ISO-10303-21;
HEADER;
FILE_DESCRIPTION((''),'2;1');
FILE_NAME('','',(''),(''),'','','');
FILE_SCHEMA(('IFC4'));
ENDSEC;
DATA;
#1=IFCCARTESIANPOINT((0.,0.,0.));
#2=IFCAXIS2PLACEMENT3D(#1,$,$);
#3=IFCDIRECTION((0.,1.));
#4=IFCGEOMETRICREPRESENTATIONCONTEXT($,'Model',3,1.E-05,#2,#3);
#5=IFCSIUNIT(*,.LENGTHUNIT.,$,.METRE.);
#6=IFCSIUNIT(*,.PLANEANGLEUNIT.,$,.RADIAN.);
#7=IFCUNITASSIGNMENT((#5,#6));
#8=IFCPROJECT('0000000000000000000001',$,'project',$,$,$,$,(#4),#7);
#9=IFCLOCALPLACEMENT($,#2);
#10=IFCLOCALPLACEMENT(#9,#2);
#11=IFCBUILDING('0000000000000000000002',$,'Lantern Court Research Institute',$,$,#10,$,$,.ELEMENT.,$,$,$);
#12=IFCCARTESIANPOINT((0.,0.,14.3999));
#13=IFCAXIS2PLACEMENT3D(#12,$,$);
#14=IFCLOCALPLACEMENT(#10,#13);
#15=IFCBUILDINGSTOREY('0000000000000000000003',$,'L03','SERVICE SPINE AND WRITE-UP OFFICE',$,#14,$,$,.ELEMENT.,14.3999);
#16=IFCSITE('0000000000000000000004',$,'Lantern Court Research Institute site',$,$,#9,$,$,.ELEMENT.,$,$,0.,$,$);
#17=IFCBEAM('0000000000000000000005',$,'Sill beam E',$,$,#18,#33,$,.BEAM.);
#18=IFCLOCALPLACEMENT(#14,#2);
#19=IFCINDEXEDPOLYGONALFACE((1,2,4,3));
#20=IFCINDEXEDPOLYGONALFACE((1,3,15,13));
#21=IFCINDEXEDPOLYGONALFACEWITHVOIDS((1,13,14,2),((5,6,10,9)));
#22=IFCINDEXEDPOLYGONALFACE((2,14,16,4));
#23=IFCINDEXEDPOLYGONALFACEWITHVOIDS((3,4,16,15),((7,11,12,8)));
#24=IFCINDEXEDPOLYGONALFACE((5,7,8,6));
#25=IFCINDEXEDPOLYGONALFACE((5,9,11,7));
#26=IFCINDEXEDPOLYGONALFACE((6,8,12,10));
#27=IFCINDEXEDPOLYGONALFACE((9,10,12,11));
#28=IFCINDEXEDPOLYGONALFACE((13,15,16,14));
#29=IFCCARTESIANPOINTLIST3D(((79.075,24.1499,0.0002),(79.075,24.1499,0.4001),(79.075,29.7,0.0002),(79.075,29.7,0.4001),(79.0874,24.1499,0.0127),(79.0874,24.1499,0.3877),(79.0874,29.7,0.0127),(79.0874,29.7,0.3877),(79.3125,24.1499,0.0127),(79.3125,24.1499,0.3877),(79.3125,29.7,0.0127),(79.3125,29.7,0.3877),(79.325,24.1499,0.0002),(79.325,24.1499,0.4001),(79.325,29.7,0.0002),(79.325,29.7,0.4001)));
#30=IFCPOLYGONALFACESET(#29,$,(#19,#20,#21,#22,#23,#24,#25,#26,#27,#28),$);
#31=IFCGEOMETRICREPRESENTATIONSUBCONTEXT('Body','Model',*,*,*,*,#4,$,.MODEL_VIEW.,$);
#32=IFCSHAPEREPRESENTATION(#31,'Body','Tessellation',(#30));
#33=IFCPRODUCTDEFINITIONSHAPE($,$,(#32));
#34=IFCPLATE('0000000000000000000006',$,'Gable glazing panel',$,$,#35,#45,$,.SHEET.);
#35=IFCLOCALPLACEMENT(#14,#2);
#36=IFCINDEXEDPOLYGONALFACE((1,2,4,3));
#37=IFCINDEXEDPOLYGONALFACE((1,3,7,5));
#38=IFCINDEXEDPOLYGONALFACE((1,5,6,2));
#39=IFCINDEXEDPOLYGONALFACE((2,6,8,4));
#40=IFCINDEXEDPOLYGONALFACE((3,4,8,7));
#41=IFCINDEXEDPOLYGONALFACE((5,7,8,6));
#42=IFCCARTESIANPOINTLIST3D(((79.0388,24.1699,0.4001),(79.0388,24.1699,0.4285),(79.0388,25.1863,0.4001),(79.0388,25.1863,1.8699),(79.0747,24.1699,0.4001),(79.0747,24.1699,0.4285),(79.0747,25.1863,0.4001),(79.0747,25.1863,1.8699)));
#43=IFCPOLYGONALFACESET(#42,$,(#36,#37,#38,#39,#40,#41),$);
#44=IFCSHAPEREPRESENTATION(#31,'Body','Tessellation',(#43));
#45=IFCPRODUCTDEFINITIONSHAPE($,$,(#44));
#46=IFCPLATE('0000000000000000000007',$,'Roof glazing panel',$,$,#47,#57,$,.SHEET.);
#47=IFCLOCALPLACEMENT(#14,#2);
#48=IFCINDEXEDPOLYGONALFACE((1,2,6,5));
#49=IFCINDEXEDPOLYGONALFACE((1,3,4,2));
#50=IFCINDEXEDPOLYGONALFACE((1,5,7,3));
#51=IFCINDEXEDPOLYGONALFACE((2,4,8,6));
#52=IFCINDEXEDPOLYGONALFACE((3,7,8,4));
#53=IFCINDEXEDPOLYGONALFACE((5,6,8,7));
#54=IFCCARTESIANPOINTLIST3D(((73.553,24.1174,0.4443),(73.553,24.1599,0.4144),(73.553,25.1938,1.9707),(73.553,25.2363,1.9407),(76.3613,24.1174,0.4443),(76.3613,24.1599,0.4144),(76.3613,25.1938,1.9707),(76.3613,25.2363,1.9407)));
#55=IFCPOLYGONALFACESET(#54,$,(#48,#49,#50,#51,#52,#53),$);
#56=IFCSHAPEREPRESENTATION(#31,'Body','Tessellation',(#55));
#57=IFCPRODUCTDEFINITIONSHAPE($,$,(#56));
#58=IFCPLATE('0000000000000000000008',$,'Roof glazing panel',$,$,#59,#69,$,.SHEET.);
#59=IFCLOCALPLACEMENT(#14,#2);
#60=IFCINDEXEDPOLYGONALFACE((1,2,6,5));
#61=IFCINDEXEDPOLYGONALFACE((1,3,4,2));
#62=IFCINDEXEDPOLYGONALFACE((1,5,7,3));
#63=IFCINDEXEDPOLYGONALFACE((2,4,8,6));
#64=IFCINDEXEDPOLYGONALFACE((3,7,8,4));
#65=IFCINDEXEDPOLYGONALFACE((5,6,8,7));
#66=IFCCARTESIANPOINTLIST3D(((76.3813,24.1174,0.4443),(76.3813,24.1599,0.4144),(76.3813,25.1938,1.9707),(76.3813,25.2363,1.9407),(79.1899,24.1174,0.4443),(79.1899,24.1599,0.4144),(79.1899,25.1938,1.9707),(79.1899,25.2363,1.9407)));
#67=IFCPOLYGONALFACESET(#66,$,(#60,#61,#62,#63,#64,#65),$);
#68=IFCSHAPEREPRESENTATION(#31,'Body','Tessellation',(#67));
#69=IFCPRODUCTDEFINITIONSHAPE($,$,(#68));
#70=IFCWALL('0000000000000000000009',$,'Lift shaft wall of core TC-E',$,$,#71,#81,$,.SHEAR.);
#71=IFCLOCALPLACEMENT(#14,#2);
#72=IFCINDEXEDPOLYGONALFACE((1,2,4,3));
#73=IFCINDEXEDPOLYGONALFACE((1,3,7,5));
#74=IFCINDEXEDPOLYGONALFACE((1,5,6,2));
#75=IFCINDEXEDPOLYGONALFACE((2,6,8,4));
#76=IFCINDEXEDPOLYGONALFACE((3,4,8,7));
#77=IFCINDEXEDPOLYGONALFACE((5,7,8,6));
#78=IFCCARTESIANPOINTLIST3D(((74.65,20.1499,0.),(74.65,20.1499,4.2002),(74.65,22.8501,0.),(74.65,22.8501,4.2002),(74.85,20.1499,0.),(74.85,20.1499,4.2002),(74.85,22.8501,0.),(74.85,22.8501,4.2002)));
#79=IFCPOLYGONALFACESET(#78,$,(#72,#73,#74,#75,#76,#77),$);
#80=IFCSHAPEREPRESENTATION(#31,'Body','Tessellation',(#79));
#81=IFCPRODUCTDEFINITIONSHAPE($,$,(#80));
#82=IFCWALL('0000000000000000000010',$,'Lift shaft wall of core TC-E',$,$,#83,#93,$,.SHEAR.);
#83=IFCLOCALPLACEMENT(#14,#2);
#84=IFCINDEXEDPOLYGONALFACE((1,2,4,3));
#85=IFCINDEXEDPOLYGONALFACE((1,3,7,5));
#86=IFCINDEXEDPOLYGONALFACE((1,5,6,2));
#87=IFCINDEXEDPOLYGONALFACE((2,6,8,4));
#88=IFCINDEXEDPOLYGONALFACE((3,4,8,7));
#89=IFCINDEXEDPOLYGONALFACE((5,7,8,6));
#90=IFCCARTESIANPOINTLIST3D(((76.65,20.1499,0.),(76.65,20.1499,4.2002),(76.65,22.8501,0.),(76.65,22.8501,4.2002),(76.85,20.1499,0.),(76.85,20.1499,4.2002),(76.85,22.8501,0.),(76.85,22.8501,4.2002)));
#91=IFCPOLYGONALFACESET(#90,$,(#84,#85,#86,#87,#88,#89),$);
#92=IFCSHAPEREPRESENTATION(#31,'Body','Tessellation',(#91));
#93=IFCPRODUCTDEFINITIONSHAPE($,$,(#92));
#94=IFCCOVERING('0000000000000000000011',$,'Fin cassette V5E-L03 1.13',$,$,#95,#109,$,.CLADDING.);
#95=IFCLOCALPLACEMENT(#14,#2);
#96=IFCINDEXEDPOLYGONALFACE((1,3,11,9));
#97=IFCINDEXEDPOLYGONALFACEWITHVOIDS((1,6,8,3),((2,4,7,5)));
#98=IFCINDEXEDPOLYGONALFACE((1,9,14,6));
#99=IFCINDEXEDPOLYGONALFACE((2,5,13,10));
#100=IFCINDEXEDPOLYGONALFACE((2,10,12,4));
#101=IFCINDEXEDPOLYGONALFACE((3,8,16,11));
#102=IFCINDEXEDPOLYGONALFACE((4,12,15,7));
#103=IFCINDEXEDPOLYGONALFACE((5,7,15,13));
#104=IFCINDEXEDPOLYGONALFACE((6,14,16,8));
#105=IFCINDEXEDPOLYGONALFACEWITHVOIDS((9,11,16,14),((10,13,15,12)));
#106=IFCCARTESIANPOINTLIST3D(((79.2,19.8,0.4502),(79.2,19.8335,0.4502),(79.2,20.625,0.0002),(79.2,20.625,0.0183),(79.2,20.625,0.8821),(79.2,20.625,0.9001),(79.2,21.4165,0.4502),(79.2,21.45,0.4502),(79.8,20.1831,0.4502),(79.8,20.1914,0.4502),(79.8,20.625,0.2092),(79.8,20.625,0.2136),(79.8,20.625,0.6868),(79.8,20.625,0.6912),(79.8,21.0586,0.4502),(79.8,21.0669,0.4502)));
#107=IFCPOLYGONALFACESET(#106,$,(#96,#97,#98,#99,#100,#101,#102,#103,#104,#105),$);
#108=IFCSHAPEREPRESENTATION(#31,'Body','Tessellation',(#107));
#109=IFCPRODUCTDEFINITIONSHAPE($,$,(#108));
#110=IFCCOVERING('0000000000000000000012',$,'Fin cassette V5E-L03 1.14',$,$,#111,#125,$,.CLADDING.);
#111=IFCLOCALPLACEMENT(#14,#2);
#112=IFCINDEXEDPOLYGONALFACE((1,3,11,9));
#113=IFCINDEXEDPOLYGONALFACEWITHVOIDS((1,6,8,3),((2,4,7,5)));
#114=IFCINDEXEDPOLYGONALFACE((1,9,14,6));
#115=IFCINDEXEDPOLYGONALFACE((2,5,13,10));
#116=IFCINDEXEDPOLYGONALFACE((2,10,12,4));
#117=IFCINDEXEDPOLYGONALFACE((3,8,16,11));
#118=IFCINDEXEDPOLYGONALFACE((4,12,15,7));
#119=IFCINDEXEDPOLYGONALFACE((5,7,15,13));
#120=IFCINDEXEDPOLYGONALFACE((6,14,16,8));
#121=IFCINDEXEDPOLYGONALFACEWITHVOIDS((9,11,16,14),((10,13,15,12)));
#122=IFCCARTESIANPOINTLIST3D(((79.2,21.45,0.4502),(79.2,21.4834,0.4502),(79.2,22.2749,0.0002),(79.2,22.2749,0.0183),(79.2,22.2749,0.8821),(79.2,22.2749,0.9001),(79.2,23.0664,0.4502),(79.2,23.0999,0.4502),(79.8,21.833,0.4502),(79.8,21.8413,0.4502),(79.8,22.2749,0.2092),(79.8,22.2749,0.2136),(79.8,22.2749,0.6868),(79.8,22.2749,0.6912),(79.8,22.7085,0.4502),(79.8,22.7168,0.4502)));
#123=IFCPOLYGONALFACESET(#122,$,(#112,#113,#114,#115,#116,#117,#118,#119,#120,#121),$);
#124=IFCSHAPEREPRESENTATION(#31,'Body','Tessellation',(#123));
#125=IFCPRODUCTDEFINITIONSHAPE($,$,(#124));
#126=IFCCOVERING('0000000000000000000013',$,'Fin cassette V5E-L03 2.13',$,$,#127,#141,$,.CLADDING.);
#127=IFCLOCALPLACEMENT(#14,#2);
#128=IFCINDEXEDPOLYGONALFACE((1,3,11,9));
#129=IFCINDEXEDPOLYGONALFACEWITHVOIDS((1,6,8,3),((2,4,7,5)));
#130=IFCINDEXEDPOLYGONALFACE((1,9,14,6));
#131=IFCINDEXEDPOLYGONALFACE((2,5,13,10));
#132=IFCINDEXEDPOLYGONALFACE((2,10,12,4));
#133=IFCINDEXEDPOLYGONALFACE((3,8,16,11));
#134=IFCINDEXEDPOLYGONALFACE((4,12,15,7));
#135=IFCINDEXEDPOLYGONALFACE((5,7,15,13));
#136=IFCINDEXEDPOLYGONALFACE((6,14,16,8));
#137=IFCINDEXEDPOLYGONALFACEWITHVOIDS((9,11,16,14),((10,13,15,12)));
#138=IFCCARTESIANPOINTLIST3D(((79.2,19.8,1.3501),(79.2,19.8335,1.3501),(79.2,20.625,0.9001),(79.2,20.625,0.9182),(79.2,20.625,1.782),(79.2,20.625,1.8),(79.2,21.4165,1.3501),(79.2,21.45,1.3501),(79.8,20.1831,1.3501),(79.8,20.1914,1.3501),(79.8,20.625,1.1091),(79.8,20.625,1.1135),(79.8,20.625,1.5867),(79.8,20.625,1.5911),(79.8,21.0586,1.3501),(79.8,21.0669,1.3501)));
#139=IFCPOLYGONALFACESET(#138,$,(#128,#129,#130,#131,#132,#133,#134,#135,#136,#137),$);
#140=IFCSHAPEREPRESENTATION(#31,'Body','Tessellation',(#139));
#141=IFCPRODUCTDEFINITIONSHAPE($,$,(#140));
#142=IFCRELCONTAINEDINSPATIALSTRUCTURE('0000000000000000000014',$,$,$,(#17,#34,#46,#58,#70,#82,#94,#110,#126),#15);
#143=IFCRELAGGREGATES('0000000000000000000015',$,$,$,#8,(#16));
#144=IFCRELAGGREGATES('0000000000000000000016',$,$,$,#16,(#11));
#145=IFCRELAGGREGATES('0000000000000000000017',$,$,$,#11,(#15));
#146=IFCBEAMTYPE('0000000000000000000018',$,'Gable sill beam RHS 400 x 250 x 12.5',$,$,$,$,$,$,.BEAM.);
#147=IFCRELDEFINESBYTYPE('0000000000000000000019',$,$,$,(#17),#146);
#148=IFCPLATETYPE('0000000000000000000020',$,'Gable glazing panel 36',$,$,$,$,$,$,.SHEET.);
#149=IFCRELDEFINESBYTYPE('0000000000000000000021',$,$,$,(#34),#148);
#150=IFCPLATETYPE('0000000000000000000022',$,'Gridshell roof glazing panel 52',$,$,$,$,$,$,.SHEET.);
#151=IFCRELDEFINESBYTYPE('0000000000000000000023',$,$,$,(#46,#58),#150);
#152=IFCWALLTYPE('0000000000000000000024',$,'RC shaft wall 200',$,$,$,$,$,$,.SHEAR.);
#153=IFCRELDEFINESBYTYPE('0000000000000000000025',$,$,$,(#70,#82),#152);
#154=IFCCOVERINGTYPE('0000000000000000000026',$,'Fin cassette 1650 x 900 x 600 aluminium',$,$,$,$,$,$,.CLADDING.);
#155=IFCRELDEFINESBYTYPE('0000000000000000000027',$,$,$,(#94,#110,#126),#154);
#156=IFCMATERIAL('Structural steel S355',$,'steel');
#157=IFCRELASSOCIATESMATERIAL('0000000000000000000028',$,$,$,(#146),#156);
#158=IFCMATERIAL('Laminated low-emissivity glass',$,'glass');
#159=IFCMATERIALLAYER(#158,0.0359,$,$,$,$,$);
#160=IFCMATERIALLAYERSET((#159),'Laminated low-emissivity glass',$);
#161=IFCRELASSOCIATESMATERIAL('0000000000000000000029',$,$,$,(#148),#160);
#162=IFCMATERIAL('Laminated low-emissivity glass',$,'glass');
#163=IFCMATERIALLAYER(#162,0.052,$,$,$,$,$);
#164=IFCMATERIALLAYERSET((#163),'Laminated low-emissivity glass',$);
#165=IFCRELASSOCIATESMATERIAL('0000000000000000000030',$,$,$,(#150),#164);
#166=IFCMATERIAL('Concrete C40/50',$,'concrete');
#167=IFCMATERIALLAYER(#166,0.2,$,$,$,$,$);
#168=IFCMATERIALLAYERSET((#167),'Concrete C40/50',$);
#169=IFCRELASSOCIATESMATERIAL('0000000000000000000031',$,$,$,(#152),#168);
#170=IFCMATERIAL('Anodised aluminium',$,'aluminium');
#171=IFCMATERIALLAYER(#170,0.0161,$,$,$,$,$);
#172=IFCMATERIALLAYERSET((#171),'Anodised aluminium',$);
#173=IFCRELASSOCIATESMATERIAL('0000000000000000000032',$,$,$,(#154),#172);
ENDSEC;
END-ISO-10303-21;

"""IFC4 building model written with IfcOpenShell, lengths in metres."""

from ifc_helpers import new_model, entity, si_unit, direction, frame, frame_2d, origin, origin_2d, place, context, subcontext, project, spatial, polyline, rectangle, hollow_rectangle, outline, extrude, material, layer, layer_set, material_profile, profile_set, type_object, element, save


model = new_model("IFC4")

# Units and contexts
model_context = context("Model", 3, precision=1e-05, world=origin(), true_north=direction((0.0, 1.0)))
body_context = subcontext(model_context, "Body", "Model", "MODEL_VIEW")
ifc_project = project(units=[si_unit("LENGTHUNIT", "METRE"), si_unit("PLANEANGLEUNIT", "RADIAN")], contexts=[model_context])

# Site, building, storey
site_placement = place(None, origin())
site = spatial("IfcSite", under=ifc_project, at=site_placement, Name="Lantern Court Research Institute site", CompositionType="ELEMENT", RefElevation=0.0)
building_placement = place(site_placement, origin())
building = spatial("IfcBuilding", under=site, at=building_placement, Name="Lantern Court Research Institute", CompositionType="ELEMENT")
storey_placement = place(building_placement, frame((0.0, 0.0, 14.3999)))
storey = spatial("IfcBuildingStorey", under=building, at=storey_placement, Name="L03", Description="SERVICE SPINE AND WRITE-UP OFFICE", CompositionType="ELEMENT", Elevation=14.3999)

# Beam
ifc_material_1 = material(Name="Structural steel S355", Category="steel")
ifc_material_profile_1 = material_profile(ifc_material_1, hollow_rectangle(XDim=0.25, YDim=0.3999, WallThickness=0.0125, at=origin_2d()), Name="Gable sill beam RHS 400 x 250 x 12.5")
ifc_profile_set_1 = profile_set([ifc_material_profile_1], Name="Structural steel S355")
beam_type = type_object("IfcBeamType", Name="Gable sill beam RHS 400 x 250 x 12.5", PredefinedType="BEAM", material=ifc_profile_set_1)
beam_placement = place(storey_placement, frame((79.2, 24.1499, 0.2002), z_axis=(0.0, 1.0, 0.0), x_axis=(-1.0, 0.0, 0.0)))
element("IfcBeam", 1, at=beam_placement, inside=storey, type_object=beam_type, Name="Sill beam E", PredefinedType="BEAM", context=body_context, shape_type="SweptSolid", body=[
    extrude(hollow_rectangle(XDim=0.25, YDim=0.3999, WallThickness=0.0125, at=origin_2d()), origin(), (0.0, 0.0, 1.0), 5.55),
])

# Plates
ifc_material_2 = material(Name="Laminated low-emissivity glass", Category="glass")
ifc_layer_1 = layer(ifc_material_2, 0.0359)
ifc_layer_set_1 = layer_set([ifc_layer_1], Name="Laminated low-emissivity glass")
plate_type_1 = type_object("IfcPlateType", Name="Gable glazing panel 36", PredefinedType="SHEET", material=ifc_layer_set_1)
plate_1_placement = place(storey_placement, frame((79.0569, 24.1699, 0.4001), z_axis=(0.0, 0.0, 1.0), x_axis=(0.0, 1.0, 0.0)))
element("IfcPlate", 2, at=plate_1_placement, inside=storey, type_object=plate_type_1, Name="Gable glazing panel", PredefinedType="SHEET", context=body_context, shape_type="SweptSolid", body=[
    extrude(outline(polyline([(0.0, 0.0), (1.0164, 0.0), (1.0164, 1.4697), (0.0, 0.0283), (0.0, 0.0)])), frame((0.0, 0.0181, 0.0), z_axis=(0.0, -1.0, 0.0), x_axis=(1.0, 0.0, 0.0)), (0.0, 0.0, 1.0), 0.0359),
])
ifc_material_3 = material(Name="Laminated low-emissivity glass", Category="glass")
ifc_layer_2 = layer(ifc_material_3, 0.052)
ifc_layer_set_2 = layer_set([ifc_layer_2], Name="Laminated low-emissivity glass")
plate_type_2 = type_object("IfcPlateType", Name="Gridshell roof glazing panel 52", PredefinedType="SHEET", material=ifc_layer_set_2)
plate_2_placement = place(storey_placement, frame((76.3613, 24.1174, 0.4443), z_axis=(0.0, -0.817225, 0.576319), x_axis=(-1.0, 0.0, 0.0)))
element("IfcPlate", 3, at=plate_2_placement, inside=storey, type_object=plate_type_2, Name="Roof glazing panel", PredefinedType="SHEET", context=body_context, shape_type="SweptSolid", body=[
    extrude(outline(polyline([(0.0, 0.0), (2.8083, 0.0), (2.8083, -1.8677), (0.0, -1.8677), (0.0, 0.0)])), origin(), (0.0, 0.0, -1.0), 0.052),
])
plate_3_placement = place(storey_placement, frame((79.1899, 24.1174, 0.4443), z_axis=(0.0, -0.817225, 0.576319), x_axis=(-1.0, 0.0, 0.0)))
element("IfcPlate", 4, at=plate_3_placement, inside=storey, type_object=plate_type_2, Name="Roof glazing panel", PredefinedType="SHEET", context=body_context, shape_type="SweptSolid", body=[
    extrude(outline(polyline([(0.0, 0.0), (2.8086, 0.0), (2.8086, -1.8677), (0.0, -1.8677), (0.0, 0.0)])), origin(), (0.0, 0.0, -1.0), 0.052),
])

# Walls
ifc_material_4 = material(Name="Concrete C40/50", Category="concrete")
ifc_layer_3 = layer(ifc_material_4, 0.2)
ifc_layer_set_3 = layer_set([ifc_layer_3], Name="Concrete C40/50")
wall_type = type_object("IfcWallType", Name="RC shaft wall 200", PredefinedType="SHEAR", material=ifc_layer_set_3)
for number, where, z_axis, x_axis, name in (
    (5, (74.75, 20.1499, 0.0), (0.0, 0.0, 1.0), (0.0, 1.0, 0.0), "Lift shaft wall of core TC-E"),
    (6, (76.75, 20.1499, 0.0), (0.0, 0.0, 1.0), (0.0, 1.0, 0.0), "Lift shaft wall of core TC-E"),
):
    element("IfcWall", number, at=place(storey_placement, frame(where, z_axis=z_axis, x_axis=x_axis)), inside=storey, type_object=wall_type, Name=name, PredefinedType="SHEAR", context=body_context, shape_type="SweptSolid", body=[
        extrude(rectangle(XDim=2.7002, YDim=0.2, at=frame_2d((1.3501, 0.0))), origin(), (0.0, 0.0, 1.0), 4.2002),
    ])

# Coverings
ifc_material_5 = material(Name="Anodised aluminium", Category="aluminium")
ifc_layer_4 = layer(ifc_material_5, 0.0161)
ifc_layer_set_4 = layer_set([ifc_layer_4], Name="Anodised aluminium")
covering_type_1 = type_object("IfcCoveringType", Name="Fin cassette 1650 x 900 x 600 aluminium", PredefinedType="CLADDING", material=ifc_layer_set_4)
covering_1_placement = place(storey_placement, frame((79.2, 20.625, 0.4502), z_axis=(1.0, 0.0, 0.0), x_axis=(0.0, 1.0, 0.0)))
cartesian_point_1 = entity("IfcCartesianPoint", [0.825, 0.0])
cartesian_point_2 = entity("IfcCartesianPoint", [0.7915, 0.0])
cartesian_point_3 = entity("IfcCartesianPoint", [0.4419, 0.0])
cartesian_point_4 = entity("IfcCartesianPoint", [0.4336, 0.0])
element("IfcCovering", 7, at=covering_1_placement, inside=storey, type_object=covering_type_1, Name="Fin cassette V5E-L03 1.13", PredefinedType="CLADDING", context=body_context, shape_type="SweptSolid", body=[
    entity("IfcExtrudedAreaSolidTapered", entity("IfcArbitraryProfileDefWithVoids", "AREA", None, entity("IfcPolyline", [cartesian_point_1, entity("IfcCartesianPoint", [0.0, 0.45]), entity("IfcCartesianPoint", [-0.825, 0.0]), entity("IfcCartesianPoint", [0.0, -0.45]), cartesian_point_1]), [entity("IfcPolyline", [cartesian_point_2, entity("IfcCartesianPoint", [0.0, 0.4319]), entity("IfcCartesianPoint", [-0.7915, 0.0]), entity("IfcCartesianPoint", [0.0, -0.4319]), cartesian_point_2])]), entity("IfcAxis2Placement3D", entity("IfcCartesianPoint", [0.0, 0.0, 0.0])), entity("IfcDirection", [0.0, 0.0, 1.0]), 0.6001, entity("IfcArbitraryProfileDefWithVoids", "AREA", None, entity("IfcPolyline", [cartesian_point_3, entity("IfcCartesianPoint", [0.0, 0.241]), entity("IfcCartesianPoint", [-0.4419, 0.0]), entity("IfcCartesianPoint", [0.0, -0.241]), cartesian_point_3]), [entity("IfcPolyline", [cartesian_point_4, entity("IfcCartesianPoint", [0.0, 0.2366]), entity("IfcCartesianPoint", [-0.4336, 0.0]), entity("IfcCartesianPoint", [0.0, -0.2366]), cartesian_point_4])])),
])
covering_2_placement = place(storey_placement, frame((79.2, 22.2749, 0.4502), z_axis=(1.0, 0.0, 0.0), x_axis=(0.0, 1.0, 0.0)))
cartesian_point_5 = entity("IfcCartesianPoint", [0.825, 0.0])
cartesian_point_6 = entity("IfcCartesianPoint", [0.7915, 0.0])
cartesian_point_7 = entity("IfcCartesianPoint", [0.4419, 0.0])
cartesian_point_8 = entity("IfcCartesianPoint", [0.4336, 0.0])
element("IfcCovering", 8, at=covering_2_placement, inside=storey, type_object=covering_type_1, Name="Fin cassette V5E-L03 1.14", PredefinedType="CLADDING", context=body_context, shape_type="SweptSolid", body=[
    entity("IfcExtrudedAreaSolidTapered", entity("IfcArbitraryProfileDefWithVoids", "AREA", None, entity("IfcPolyline", [cartesian_point_5, entity("IfcCartesianPoint", [0.0, 0.45]), entity("IfcCartesianPoint", [-0.825, 0.0]), entity("IfcCartesianPoint", [0.0, -0.45]), cartesian_point_5]), [entity("IfcPolyline", [cartesian_point_6, entity("IfcCartesianPoint", [0.0, 0.4319]), entity("IfcCartesianPoint", [-0.7915, 0.0]), entity("IfcCartesianPoint", [0.0, -0.4319]), cartesian_point_6])]), entity("IfcAxis2Placement3D", entity("IfcCartesianPoint", [0.0, 0.0, 0.0])), entity("IfcDirection", [0.0, 0.0, 1.0]), 0.6001, entity("IfcArbitraryProfileDefWithVoids", "AREA", None, entity("IfcPolyline", [cartesian_point_7, entity("IfcCartesianPoint", [0.0, 0.241]), entity("IfcCartesianPoint", [-0.4419, 0.0]), entity("IfcCartesianPoint", [0.0, -0.241]), cartesian_point_7]), [entity("IfcPolyline", [cartesian_point_8, entity("IfcCartesianPoint", [0.0, 0.2366]), entity("IfcCartesianPoint", [-0.4336, 0.0]), entity("IfcCartesianPoint", [0.0, -0.2366]), cartesian_point_8])])),
])
covering_3_placement = place(storey_placement, frame((79.2, 20.625, 1.3501), z_axis=(1.0, 0.0, 0.0), x_axis=(0.0, 1.0, 0.0)))
cartesian_point_9 = entity("IfcCartesianPoint", [0.825, 0.0])
cartesian_point_10 = entity("IfcCartesianPoint", [0.7915, 0.0])
cartesian_point_11 = entity("IfcCartesianPoint", [0.4419, 0.0])
cartesian_point_12 = entity("IfcCartesianPoint", [0.4336, 0.0])
element("IfcCovering", 9, at=covering_3_placement, inside=storey, type_object=covering_type_1, Name="Fin cassette V5E-L03 2.13", PredefinedType="CLADDING", context=body_context, shape_type="SweptSolid", body=[
    entity("IfcExtrudedAreaSolidTapered", entity("IfcArbitraryProfileDefWithVoids", "AREA", None, entity("IfcPolyline", [cartesian_point_9, entity("IfcCartesianPoint", [0.0, 0.45]), entity("IfcCartesianPoint", [-0.825, 0.0]), entity("IfcCartesianPoint", [0.0, -0.45]), cartesian_point_9]), [entity("IfcPolyline", [cartesian_point_10, entity("IfcCartesianPoint", [0.0, 0.4319]), entity("IfcCartesianPoint", [-0.7915, 0.0]), entity("IfcCartesianPoint", [0.0, -0.4319]), cartesian_point_10])]), entity("IfcAxis2Placement3D", entity("IfcCartesianPoint", [0.0, 0.0, 0.0])), entity("IfcDirection", [0.0, 0.0, 1.0]), 0.6001, entity("IfcArbitraryProfileDefWithVoids", "AREA", None, entity("IfcPolyline", [cartesian_point_11, entity("IfcCartesianPoint", [0.0, 0.241]), entity("IfcCartesianPoint", [-0.4419, 0.0]), entity("IfcCartesianPoint", [0.0, -0.241]), cartesian_point_11]), [entity("IfcPolyline", [cartesian_point_12, entity("IfcCartesianPoint", [0.0, 0.2366]), entity("IfcCartesianPoint", [-0.4336, 0.0]), entity("IfcCartesianPoint", [0.0, -0.2366]), cartesian_point_12])])),
])

save(model, "model.ifc")
